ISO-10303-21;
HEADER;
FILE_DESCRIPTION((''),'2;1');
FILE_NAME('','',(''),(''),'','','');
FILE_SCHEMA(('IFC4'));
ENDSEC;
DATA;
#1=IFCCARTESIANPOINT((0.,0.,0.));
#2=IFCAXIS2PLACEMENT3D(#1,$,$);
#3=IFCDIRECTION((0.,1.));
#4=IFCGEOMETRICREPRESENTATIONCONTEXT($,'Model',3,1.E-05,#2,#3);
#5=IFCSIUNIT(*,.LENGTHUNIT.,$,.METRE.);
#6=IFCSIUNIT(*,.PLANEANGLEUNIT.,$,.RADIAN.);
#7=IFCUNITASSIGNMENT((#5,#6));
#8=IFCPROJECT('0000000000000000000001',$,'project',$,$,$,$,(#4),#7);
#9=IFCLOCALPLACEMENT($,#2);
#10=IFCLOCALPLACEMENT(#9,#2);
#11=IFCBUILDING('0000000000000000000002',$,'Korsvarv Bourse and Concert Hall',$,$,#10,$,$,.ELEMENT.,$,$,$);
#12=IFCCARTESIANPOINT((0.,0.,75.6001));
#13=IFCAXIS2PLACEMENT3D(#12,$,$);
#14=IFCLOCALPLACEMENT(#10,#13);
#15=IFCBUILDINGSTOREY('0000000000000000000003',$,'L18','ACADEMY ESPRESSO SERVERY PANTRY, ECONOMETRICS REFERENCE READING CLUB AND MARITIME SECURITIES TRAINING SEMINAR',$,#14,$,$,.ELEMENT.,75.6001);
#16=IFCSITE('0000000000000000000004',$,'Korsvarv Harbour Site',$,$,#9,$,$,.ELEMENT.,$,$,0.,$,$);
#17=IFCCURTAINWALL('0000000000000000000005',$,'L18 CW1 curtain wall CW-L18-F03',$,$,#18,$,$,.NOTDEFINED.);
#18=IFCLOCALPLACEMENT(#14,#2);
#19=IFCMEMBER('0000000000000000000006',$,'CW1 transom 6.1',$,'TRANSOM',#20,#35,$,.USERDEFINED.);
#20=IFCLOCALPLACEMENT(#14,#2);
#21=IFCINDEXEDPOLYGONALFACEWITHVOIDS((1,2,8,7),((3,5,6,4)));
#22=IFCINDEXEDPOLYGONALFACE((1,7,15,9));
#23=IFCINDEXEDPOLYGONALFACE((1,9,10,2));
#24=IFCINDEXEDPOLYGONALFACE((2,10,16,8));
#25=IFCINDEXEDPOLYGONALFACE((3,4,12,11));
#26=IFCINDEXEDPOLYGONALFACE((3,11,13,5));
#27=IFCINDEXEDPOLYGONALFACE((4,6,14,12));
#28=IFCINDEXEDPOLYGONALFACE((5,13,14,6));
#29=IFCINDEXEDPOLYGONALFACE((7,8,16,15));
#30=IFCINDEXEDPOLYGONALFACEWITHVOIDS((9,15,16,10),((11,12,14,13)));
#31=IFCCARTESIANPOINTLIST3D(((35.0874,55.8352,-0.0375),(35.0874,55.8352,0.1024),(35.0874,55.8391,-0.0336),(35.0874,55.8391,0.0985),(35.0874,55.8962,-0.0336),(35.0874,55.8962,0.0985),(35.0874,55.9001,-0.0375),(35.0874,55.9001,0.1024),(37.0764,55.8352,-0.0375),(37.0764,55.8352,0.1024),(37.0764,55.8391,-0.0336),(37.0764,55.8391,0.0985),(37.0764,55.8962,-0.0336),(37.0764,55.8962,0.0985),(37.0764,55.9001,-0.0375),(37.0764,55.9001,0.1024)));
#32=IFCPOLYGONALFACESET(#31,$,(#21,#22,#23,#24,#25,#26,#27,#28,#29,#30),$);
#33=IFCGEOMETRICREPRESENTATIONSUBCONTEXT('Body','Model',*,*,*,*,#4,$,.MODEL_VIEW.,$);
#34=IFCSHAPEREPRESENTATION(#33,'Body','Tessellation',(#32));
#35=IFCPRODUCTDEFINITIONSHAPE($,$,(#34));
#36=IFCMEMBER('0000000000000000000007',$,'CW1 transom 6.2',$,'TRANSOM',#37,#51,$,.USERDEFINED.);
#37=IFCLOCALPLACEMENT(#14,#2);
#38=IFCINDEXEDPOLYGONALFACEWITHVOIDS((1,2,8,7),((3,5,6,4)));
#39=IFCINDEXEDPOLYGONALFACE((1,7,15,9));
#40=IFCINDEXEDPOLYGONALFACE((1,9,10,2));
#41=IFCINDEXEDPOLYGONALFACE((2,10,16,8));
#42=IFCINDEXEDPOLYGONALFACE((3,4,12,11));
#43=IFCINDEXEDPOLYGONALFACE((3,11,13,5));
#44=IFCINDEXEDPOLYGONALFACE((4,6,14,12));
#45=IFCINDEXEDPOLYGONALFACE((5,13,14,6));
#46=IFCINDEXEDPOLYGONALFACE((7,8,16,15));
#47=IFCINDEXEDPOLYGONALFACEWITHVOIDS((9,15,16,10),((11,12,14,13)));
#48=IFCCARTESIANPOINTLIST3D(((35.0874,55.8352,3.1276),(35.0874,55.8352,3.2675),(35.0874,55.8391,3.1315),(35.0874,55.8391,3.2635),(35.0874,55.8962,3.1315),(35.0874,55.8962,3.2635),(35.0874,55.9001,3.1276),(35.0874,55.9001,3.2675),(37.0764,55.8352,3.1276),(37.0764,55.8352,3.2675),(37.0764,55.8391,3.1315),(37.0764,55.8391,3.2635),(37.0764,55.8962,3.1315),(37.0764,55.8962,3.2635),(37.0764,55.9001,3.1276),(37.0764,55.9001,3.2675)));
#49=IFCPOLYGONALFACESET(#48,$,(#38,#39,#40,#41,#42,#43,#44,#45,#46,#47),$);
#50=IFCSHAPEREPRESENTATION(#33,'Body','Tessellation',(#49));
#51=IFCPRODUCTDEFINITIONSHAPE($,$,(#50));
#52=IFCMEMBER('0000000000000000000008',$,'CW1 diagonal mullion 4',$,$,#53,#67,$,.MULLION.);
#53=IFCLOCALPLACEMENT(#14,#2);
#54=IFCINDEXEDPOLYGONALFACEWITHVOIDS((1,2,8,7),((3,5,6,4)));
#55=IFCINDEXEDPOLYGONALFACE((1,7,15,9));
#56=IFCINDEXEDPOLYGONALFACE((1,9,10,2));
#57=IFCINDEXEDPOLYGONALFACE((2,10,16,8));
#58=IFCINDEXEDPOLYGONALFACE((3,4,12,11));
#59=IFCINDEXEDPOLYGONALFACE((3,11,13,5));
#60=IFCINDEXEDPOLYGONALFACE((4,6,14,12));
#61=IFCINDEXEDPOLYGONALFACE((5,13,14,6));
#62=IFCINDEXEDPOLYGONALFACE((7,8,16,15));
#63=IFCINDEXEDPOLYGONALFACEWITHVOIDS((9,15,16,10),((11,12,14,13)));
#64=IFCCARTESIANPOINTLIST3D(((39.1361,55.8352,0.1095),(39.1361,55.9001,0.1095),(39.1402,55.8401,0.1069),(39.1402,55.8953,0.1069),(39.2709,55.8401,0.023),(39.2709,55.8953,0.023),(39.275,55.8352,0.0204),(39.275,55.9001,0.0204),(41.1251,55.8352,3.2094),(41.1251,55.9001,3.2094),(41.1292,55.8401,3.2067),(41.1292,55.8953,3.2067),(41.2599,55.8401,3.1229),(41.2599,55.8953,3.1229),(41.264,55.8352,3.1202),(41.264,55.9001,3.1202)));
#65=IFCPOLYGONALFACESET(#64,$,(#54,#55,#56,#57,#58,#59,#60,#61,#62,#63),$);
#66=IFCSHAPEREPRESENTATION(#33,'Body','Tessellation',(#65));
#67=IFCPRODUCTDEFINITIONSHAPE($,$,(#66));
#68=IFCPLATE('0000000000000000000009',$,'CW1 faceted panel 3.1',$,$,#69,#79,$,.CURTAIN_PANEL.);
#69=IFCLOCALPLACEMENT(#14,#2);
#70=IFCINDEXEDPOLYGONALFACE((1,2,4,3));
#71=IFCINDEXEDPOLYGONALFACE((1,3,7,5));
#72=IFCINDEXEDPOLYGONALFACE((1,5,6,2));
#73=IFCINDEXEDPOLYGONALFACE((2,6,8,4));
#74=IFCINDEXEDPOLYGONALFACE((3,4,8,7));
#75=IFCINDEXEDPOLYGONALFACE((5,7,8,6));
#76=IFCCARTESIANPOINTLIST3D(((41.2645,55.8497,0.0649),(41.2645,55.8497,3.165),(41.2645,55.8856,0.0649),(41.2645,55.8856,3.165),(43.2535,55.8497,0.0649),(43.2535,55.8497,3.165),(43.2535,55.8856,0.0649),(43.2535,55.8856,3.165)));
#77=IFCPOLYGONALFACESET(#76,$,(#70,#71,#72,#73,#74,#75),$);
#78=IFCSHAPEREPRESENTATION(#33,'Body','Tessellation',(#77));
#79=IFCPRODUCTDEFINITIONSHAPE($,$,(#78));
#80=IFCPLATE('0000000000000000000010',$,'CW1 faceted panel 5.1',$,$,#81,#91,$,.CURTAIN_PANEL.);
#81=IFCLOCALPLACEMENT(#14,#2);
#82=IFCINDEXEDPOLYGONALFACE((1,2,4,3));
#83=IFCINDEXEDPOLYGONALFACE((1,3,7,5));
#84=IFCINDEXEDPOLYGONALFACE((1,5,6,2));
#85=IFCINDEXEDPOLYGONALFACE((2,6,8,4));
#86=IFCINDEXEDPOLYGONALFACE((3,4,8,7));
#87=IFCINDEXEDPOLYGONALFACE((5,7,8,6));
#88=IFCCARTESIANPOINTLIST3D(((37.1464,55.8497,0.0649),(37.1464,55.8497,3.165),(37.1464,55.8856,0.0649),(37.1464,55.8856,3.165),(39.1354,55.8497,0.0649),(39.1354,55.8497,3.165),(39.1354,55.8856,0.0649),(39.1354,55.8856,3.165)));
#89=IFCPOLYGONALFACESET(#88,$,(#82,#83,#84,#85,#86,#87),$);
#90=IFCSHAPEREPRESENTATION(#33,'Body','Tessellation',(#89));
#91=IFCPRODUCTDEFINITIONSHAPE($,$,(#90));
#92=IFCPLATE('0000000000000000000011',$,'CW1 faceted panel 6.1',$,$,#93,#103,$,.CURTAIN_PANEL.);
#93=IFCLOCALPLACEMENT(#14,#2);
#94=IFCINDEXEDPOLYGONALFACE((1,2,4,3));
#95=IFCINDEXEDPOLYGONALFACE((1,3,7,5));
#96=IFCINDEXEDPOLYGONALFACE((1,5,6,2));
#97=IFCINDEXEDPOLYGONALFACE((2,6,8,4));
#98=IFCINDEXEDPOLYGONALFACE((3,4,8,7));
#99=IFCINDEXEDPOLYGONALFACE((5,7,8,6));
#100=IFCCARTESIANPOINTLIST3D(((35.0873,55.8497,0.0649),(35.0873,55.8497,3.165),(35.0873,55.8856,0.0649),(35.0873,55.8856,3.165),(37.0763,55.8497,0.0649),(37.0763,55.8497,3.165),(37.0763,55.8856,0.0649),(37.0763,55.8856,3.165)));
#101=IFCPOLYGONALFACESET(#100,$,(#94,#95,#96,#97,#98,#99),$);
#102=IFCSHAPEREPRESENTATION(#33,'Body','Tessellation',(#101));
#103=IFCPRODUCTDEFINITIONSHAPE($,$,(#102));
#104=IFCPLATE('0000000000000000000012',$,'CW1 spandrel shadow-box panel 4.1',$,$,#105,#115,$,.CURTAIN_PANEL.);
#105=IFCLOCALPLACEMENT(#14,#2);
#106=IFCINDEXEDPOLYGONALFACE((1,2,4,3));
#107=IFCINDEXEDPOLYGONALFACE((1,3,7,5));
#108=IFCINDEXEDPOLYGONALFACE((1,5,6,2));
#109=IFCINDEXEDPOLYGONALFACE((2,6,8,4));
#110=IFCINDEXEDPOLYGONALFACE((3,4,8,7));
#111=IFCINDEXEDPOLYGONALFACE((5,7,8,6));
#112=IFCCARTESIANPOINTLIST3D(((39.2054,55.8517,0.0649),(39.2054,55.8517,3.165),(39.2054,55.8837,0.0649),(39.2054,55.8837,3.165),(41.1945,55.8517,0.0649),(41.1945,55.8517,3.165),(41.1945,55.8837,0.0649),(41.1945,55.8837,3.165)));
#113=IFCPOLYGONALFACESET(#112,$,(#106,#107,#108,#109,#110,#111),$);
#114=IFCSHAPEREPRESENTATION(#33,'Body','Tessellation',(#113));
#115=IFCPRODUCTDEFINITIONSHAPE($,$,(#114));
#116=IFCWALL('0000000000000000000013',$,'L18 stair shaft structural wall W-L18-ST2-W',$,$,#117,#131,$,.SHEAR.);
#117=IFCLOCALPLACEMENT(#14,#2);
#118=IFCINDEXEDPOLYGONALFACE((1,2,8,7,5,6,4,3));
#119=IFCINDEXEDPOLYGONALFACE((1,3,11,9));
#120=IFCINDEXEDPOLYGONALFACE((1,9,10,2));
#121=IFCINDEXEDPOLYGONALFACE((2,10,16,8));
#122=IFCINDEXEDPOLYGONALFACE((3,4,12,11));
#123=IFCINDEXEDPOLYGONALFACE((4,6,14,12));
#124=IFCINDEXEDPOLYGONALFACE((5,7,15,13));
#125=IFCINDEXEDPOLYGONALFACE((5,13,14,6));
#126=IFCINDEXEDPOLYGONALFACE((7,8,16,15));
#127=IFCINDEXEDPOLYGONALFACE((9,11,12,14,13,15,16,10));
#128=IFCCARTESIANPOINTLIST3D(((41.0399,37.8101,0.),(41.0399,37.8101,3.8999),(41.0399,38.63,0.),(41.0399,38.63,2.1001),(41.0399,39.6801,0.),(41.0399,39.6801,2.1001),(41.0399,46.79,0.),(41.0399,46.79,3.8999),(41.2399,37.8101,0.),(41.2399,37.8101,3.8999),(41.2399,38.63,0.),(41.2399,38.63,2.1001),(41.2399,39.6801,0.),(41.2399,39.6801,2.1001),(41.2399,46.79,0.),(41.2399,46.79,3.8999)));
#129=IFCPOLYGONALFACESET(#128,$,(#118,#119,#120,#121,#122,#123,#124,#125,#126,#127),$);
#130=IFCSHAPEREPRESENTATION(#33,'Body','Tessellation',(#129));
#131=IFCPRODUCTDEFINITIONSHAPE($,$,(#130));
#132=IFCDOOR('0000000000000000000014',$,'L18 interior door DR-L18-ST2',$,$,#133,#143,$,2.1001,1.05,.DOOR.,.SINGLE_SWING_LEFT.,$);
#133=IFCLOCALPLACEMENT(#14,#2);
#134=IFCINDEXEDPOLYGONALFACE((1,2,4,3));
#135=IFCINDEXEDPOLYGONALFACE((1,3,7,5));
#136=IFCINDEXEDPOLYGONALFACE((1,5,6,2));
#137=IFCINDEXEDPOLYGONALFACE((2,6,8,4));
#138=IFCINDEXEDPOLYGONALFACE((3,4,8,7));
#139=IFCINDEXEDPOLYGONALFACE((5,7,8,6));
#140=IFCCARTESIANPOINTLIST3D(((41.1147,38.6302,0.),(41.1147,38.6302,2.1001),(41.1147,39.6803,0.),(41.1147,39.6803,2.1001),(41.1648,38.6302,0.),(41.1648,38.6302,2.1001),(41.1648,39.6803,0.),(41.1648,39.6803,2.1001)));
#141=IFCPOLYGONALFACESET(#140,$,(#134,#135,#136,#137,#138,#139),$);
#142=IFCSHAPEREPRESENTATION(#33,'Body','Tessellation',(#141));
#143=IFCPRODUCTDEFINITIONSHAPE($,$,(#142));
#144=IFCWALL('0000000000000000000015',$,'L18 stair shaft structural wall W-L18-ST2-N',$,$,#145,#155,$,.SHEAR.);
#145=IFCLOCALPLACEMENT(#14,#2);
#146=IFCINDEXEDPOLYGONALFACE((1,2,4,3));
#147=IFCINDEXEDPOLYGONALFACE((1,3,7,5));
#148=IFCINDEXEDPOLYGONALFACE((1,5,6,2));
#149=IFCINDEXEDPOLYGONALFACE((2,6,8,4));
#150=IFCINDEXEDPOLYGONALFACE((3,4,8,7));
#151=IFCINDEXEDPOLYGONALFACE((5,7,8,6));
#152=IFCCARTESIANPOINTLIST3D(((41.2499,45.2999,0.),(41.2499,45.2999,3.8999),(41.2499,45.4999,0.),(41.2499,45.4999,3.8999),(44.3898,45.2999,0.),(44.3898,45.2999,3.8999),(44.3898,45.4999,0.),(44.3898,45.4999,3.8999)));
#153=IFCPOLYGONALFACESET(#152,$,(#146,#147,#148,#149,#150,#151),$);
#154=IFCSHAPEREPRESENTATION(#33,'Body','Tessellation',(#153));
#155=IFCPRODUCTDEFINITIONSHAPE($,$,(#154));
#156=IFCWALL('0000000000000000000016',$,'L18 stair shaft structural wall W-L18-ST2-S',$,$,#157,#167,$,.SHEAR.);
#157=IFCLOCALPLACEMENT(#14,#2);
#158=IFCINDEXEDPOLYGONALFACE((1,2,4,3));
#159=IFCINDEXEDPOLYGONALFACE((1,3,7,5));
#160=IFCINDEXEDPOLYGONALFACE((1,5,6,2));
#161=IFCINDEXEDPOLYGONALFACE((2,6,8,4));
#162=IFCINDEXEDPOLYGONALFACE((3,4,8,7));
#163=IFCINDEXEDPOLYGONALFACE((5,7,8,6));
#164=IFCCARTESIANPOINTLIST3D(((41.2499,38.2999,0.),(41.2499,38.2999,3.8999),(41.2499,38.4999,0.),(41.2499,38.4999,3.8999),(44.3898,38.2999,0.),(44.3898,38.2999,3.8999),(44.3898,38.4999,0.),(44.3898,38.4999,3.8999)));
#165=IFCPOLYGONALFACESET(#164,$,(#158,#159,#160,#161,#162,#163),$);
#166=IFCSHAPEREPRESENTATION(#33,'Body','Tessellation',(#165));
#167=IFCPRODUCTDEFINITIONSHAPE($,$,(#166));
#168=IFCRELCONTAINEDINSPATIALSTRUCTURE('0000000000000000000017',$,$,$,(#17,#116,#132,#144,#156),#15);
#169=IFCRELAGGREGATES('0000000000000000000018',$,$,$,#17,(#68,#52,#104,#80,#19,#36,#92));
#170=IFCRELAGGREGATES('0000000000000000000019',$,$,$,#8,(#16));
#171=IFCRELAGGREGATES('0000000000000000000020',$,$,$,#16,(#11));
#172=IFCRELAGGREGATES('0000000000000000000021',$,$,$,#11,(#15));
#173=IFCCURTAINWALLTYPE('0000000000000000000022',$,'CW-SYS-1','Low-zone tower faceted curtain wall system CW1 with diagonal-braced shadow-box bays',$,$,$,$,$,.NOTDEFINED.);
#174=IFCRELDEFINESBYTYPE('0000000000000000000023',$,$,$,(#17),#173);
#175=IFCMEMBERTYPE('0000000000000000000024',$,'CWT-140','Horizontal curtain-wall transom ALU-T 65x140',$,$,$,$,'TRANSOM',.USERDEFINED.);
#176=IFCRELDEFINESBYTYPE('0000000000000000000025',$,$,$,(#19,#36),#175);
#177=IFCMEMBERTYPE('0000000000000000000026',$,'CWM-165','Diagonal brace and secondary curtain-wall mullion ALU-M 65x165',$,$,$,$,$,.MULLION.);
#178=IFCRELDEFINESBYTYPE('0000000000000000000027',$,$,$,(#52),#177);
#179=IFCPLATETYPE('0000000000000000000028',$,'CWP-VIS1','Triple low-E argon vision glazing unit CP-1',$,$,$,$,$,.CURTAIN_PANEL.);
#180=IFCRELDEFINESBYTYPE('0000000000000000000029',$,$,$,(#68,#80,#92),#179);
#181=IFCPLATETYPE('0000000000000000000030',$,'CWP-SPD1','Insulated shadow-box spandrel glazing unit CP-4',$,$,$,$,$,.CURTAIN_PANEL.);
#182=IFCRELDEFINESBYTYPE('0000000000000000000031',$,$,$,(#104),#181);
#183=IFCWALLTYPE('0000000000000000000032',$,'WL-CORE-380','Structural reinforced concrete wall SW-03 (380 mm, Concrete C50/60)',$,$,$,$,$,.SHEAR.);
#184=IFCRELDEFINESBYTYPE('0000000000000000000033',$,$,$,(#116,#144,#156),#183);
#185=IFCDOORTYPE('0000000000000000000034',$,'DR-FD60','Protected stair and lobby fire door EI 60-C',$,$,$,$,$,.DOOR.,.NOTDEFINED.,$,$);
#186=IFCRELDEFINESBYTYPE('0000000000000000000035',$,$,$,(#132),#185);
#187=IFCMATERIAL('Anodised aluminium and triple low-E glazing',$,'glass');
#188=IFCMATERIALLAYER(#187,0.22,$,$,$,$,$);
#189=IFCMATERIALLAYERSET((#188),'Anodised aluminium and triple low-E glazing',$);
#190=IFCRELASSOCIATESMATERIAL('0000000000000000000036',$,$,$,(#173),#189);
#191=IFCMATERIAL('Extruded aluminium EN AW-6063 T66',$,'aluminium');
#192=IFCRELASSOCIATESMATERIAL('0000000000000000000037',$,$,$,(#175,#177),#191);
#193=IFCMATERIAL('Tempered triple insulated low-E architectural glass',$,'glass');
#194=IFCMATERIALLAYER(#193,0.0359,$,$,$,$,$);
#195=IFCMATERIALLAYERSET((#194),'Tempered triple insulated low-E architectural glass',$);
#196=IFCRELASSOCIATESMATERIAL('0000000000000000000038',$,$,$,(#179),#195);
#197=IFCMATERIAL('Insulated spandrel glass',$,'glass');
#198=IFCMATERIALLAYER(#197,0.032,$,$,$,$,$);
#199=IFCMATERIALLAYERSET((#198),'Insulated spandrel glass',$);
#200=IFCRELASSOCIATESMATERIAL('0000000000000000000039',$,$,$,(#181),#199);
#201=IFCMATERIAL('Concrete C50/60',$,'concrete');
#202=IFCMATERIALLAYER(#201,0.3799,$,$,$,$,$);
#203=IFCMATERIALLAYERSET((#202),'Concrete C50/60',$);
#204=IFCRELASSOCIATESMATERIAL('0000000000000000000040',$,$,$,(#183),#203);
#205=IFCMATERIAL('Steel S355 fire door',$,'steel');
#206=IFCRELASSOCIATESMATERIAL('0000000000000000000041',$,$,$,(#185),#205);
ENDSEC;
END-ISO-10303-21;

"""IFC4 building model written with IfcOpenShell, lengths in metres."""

from ifc_helpers import new_model, si_unit, direction, frame, frame_2d, origin, origin_2d, place, context, subcontext, project, spatial, rectangle, hollow_rectangle, extrude, source, transform, mapped, material, layer, layer_set, material_profile, profile_set, type_object, element, fill, aggregate, save


model = new_model("IFC4")

# Units and contexts
model_context = context("Model", 3, precision=1e-05, world=origin(), true_north=direction((0.0, 1.0)))
body_context = subcontext(model_context, "Body", "Model", "MODEL_VIEW")
ifc_project = project(units=[si_unit("LENGTHUNIT", "METRE"), si_unit("PLANEANGLEUNIT", "RADIAN")], contexts=[model_context])

# Site, building, storey
site_placement = place(None, origin())
site = spatial("IfcSite", under=ifc_project, at=site_placement, Name="Korsvarv Harbour Site", CompositionType="ELEMENT", RefElevation=0.0)
building_placement = place(site_placement, origin())
building = spatial("IfcBuilding", under=site, at=building_placement, Name="Korsvarv Bourse and Concert Hall", CompositionType="ELEMENT")
storey_placement = place(building_placement, frame((0.0, 0.0, 75.6001)))
storey = spatial("IfcBuildingStorey", under=building, at=storey_placement, Name="L18", Description="ACADEMY ESPRESSO SERVERY PANTRY, ECONOMETRICS REFERENCE READING CLUB AND MARITIME SECURITIES TRAINING SEMINAR", CompositionType="ELEMENT", Elevation=75.6001)

# Curtain wall, members, plates
ifc_material_1 = material(Name="Anodised aluminium and triple low-E glazing", Category="glass")
ifc_layer_1 = layer(ifc_material_1, 0.22)
ifc_layer_set_1 = layer_set([ifc_layer_1], Name="Anodised aluminium and triple low-E glazing")
curtain_wall_type = type_object("IfcCurtainWallType", Name="CW-SYS-1", Description="Low-zone tower faceted curtain wall system CW1 with diagonal-braced shadow-box bays", PredefinedType="NOTDEFINED", material=ifc_layer_set_1)
curtain_wall_placement = place(storey_placement, origin())
curtain_wall = element("IfcCurtainWall", 1, at=curtain_wall_placement, inside=storey, type_object=curtain_wall_type, Name="L18 CW1 curtain wall CW-L18-F03", PredefinedType="NOTDEFINED")
ifc_material_2 = material(Name="Extruded aluminium EN AW-6063 T66", Category="aluminium")
ifc_material_profile_1 = material_profile(ifc_material_2, hollow_rectangle(XDim=0.0649, YDim=0.1399, WallThickness=0.0039, at=origin_2d()), Name="ALU-T 65x140")
ifc_profile_set_1 = profile_set([ifc_material_profile_1], Name="Extruded aluminium EN AW-6063 T66")
member_type_1 = type_object("IfcMemberType", Name="CWT-140", Description="Horizontal curtain-wall transom ALU-T 65x140", ElementType="TRANSOM", PredefinedType="USERDEFINED", material=ifc_profile_set_1)
shared_shape_1 = source(origin(), body_context, "Body", "SweptSolid", [
    extrude(hollow_rectangle(XDim=0.0649, YDim=0.1399, WallThickness=0.0039, at=origin_2d()), origin(), (0.0, 0.0, 1.0), 1.989),
])
member_1_placement = place(storey_placement, frame((37.0764, 55.8677, 0.0325), z_axis=(-1.0, 0.0, 0.0), x_axis=(0.0, -1.0, 0.0)))
member_1 = element("IfcMember", 2, at=member_1_placement, type_object=member_type_1, Name="CW1 transom 6.1", ObjectType="TRANSOM", PredefinedType="USERDEFINED", context=body_context, shape_type="MappedRepresentation", body=[
    mapped(shared_shape_1, transform((0.0, 0.0, 0.0), scale=1.0)),
])
member_2_placement = place(storey_placement, frame((37.0764, 55.8677, 3.1975), z_axis=(-1.0, 0.0, 0.0), x_axis=(0.0, -1.0, 0.0)))
member_2 = element("IfcMember", 3, at=member_2_placement, type_object=member_type_1, Name="CW1 transom 6.2", ObjectType="TRANSOM", PredefinedType="USERDEFINED", context=body_context, shape_type="MappedRepresentation", body=[
    mapped(shared_shape_1, transform((0.0, 0.0, 0.0), scale=1.0)),
])
ifc_material_profile_2 = material_profile(ifc_material_2, hollow_rectangle(XDim=0.0649, YDim=0.165, WallThickness=0.0049, at=origin_2d()), Name="ALU-M 65x165")
ifc_profile_set_2 = profile_set([ifc_material_profile_2], Name="Extruded aluminium EN AW-6063 T66")
member_type_2 = type_object("IfcMemberType", Name="CWM-165", Description="Diagonal brace and secondary curtain-wall mullion ALU-M 65x165", PredefinedType="MULLION", material=ifc_profile_set_2)
shared_shape_2 = source(origin(), body_context, "Body", "SweptSolid", [
    extrude(hollow_rectangle(XDim=0.0649, YDim=0.165, WallThickness=0.0049, at=origin_2d()), origin(), (0.0, 0.0, 1.0), 3.6831),
])
member_3_placement = place(storey_placement, frame((39.2056, 55.8677, 0.0649), z_axis=(0.540037, 0.0, 0.841641), x_axis=(0.0, 1.0, 0.0)))
member_3 = element("IfcMember", 4, at=member_3_placement, type_object=member_type_2, Name="CW1 diagonal mullion 4", PredefinedType="MULLION", context=body_context, shape_type="MappedRepresentation", body=[
    mapped(shared_shape_2, transform((0.0, 0.0, 0.0), scale=1.0)),
])
ifc_material_3 = material(Name="Tempered triple insulated low-E architectural glass", Category="glass")
ifc_layer_2 = layer(ifc_material_3, 0.0359)
ifc_layer_set_2 = layer_set([ifc_layer_2], Name="Tempered triple insulated low-E architectural glass")
plate_type_1 = type_object("IfcPlateType", Name="CWP-VIS1", Description="Triple low-E argon vision glazing unit CP-1", PredefinedType="CURTAIN_PANEL", material=ifc_layer_set_2)
shared_shape_3 = source(origin(), body_context, "Body", "SweptSolid", [
    extrude(rectangle(XDim=1.989, YDim=0.0359, at=origin_2d()), origin(), (0.0, 0.0, 1.0), 3.1001),
])
plate_1_placement = place(storey_placement, frame((42.259, 55.8677, 0.0649), z_axis=(0.0, 0.0, 1.0), x_axis=(-1.0, 0.0, 0.0)))
plate_1 = element("IfcPlate", 5, at=plate_1_placement, type_object=plate_type_1, Name="CW1 faceted panel 3.1", PredefinedType="CURTAIN_PANEL", context=body_context, shape_type="MappedRepresentation", body=[
    mapped(shared_shape_3, transform((0.0, 0.0, 0.0), scale=1.0)),
])
plate_2_placement = place(storey_placement, frame((38.1409, 55.8677, 0.0649), z_axis=(0.0, 0.0, 1.0), x_axis=(-1.0, 0.0, 0.0)))
plate_2 = element("IfcPlate", 6, at=plate_2_placement, type_object=plate_type_1, Name="CW1 faceted panel 5.1", PredefinedType="CURTAIN_PANEL", context=body_context, shape_type="MappedRepresentation", body=[
    mapped(shared_shape_3, transform((0.0, 0.0, 0.0), scale=1.0)),
])
plate_3_placement = place(storey_placement, frame((36.0818, 55.8677, 0.0649), z_axis=(0.0, 0.0, 1.0), x_axis=(-1.0, 0.0, 0.0)))
plate_3 = element("IfcPlate", 7, at=plate_3_placement, type_object=plate_type_1, Name="CW1 faceted panel 6.1", PredefinedType="CURTAIN_PANEL", context=body_context, shape_type="MappedRepresentation", body=[
    mapped(shared_shape_3, transform((0.0, 0.0, 0.0), scale=1.0)),
])
ifc_material_4 = material(Name="Insulated spandrel glass", Category="glass")
ifc_layer_3 = layer(ifc_material_4, 0.032)
ifc_layer_set_3 = layer_set([ifc_layer_3], Name="Insulated spandrel glass")
plate_type_2 = type_object("IfcPlateType", Name="CWP-SPD1", Description="Insulated shadow-box spandrel glazing unit CP-4", PredefinedType="CURTAIN_PANEL", material=ifc_layer_set_3)
shared_shape_4 = source(origin(), body_context, "Body", "SweptSolid", [
    extrude(rectangle(XDim=1.989, YDim=0.032, at=origin_2d()), origin(), (0.0, 0.0, 1.0), 3.1001),
])
plate_4_placement = place(storey_placement, frame((40.2, 55.8677, 0.0649), z_axis=(0.0, 0.0, 1.0), x_axis=(-1.0, 0.0, 0.0)))
plate_4 = element("IfcPlate", 8, at=plate_4_placement, type_object=plate_type_2, Name="CW1 spandrel shadow-box panel 4.1", PredefinedType="CURTAIN_PANEL", context=body_context, shape_type="MappedRepresentation", body=[
    mapped(shared_shape_4, transform((0.0, 0.0, 0.0), scale=1.0)),
])
aggregate(curtain_wall, [plate_1, member_3, plate_4, plate_2, member_1, member_2, plate_3])

# Wall, opening, door
ifc_material_5 = material(Name="Concrete C50/60", Category="concrete")
ifc_layer_4 = layer(ifc_material_5, 0.3799)
ifc_layer_set_4 = layer_set([ifc_layer_4], Name="Concrete C50/60")
wall_type_1 = type_object("IfcWallType", Name="WL-CORE-380", Description="Structural reinforced concrete wall SW-03 (380 mm, Concrete C50/60)", PredefinedType="SHEAR", material=ifc_layer_set_4)
wall_1_placement = place(storey_placement, frame((41.1399, 37.8101, 0.0), z_axis=(0.0, 0.0, 1.0), x_axis=(0.0, 1.0, 0.0)))
wall_1 = element("IfcWall", 9, at=wall_1_placement, inside=storey, type_object=wall_type_1, Name="L18 stair shaft structural wall W-L18-ST2-W", PredefinedType="SHEAR", context=body_context, shape_type="SweptSolid", body=[
    extrude(rectangle(XDim=8.98, YDim=0.2, at=frame_2d((4.49, 0.0))), origin(), (0.0, 0.0, 1.0), 3.8999),
])
opening_1_placement = place(wall_1_placement, frame((0.8201, 0.0, 0.0)))
opening_1 = element("IfcOpeningElement", 10, at=opening_1_placement, cuts=wall_1, PredefinedType="OPENING", context=body_context, shape_type="SweptSolid", body=[
    extrude(rectangle(XDim=1.05, YDim=2.1001, at=frame_2d((0.5249, 1.05))), frame((0.0, 0.1099, 0.0), z_axis=(0.0, -1.0, 0.0), x_axis=(1.0, 0.0, 0.0)), (0.0, 0.0, 1.0), 0.22),
])
ifc_material_6 = material(Name="Steel S355 fire door", Category="steel")
door_type_1 = type_object("IfcDoorType", Name="DR-FD60", Description="Protected stair and lobby fire door EI 60-C", OperationType="NOTDEFINED", PredefinedType="DOOR", material=ifc_material_6)
door_1_placement = place(opening_1_placement, frame((1.05, 0.0, 0.0), z_axis=(0.0, 0.0, 1.0), x_axis=(-1.0, 0.0, 0.0)))
door_1 = element("IfcDoor", 11, at=door_1_placement, inside=storey, type_object=door_type_1, Name="L18 interior door DR-L18-ST2", OperationType="SINGLE_SWING_LEFT", OverallHeight=2.1001, OverallWidth=1.05, PredefinedType="DOOR", context=body_context, shape_type="SweptSolid", body=[
    extrude(rectangle(XDim=1.05, YDim=2.1001, at=frame_2d((0.5249, 1.05))), frame((0.0, 0.0249, 0.0), z_axis=(0.0, -1.0, 0.0), x_axis=(1.0, 0.0, 0.0)), (0.0, 0.0, 1.0), 0.05),
])
fill(opening_1, door_1)

# Walls
for number, where, z_axis, x_axis, name in (
    (12, (41.25, 45.3999, 0.0), (0.0, 0.0, 1.0), (1.0, 0.0, 0.0), "L18 stair shaft structural wall W-L18-ST2-N"),
    (13, (41.25, 38.3999, 0.0), (0.0, 0.0, 1.0), (1.0, 0.0, 0.0), "L18 stair shaft structural wall W-L18-ST2-S"),
):
    element("IfcWall", number, at=place(storey_placement, frame(where, z_axis=z_axis, x_axis=x_axis)), inside=storey, type_object=wall_type_1, Name=name, PredefinedType="SHEAR", context=body_context, shape_type="SweptSolid", body=[
        extrude(rectangle(XDim=3.1399, YDim=0.2, at=frame_2d((1.5698, 0.0))), origin(), (0.0, 0.0, 1.0), 3.8999),
    ])

save(model, "model.ifc")
